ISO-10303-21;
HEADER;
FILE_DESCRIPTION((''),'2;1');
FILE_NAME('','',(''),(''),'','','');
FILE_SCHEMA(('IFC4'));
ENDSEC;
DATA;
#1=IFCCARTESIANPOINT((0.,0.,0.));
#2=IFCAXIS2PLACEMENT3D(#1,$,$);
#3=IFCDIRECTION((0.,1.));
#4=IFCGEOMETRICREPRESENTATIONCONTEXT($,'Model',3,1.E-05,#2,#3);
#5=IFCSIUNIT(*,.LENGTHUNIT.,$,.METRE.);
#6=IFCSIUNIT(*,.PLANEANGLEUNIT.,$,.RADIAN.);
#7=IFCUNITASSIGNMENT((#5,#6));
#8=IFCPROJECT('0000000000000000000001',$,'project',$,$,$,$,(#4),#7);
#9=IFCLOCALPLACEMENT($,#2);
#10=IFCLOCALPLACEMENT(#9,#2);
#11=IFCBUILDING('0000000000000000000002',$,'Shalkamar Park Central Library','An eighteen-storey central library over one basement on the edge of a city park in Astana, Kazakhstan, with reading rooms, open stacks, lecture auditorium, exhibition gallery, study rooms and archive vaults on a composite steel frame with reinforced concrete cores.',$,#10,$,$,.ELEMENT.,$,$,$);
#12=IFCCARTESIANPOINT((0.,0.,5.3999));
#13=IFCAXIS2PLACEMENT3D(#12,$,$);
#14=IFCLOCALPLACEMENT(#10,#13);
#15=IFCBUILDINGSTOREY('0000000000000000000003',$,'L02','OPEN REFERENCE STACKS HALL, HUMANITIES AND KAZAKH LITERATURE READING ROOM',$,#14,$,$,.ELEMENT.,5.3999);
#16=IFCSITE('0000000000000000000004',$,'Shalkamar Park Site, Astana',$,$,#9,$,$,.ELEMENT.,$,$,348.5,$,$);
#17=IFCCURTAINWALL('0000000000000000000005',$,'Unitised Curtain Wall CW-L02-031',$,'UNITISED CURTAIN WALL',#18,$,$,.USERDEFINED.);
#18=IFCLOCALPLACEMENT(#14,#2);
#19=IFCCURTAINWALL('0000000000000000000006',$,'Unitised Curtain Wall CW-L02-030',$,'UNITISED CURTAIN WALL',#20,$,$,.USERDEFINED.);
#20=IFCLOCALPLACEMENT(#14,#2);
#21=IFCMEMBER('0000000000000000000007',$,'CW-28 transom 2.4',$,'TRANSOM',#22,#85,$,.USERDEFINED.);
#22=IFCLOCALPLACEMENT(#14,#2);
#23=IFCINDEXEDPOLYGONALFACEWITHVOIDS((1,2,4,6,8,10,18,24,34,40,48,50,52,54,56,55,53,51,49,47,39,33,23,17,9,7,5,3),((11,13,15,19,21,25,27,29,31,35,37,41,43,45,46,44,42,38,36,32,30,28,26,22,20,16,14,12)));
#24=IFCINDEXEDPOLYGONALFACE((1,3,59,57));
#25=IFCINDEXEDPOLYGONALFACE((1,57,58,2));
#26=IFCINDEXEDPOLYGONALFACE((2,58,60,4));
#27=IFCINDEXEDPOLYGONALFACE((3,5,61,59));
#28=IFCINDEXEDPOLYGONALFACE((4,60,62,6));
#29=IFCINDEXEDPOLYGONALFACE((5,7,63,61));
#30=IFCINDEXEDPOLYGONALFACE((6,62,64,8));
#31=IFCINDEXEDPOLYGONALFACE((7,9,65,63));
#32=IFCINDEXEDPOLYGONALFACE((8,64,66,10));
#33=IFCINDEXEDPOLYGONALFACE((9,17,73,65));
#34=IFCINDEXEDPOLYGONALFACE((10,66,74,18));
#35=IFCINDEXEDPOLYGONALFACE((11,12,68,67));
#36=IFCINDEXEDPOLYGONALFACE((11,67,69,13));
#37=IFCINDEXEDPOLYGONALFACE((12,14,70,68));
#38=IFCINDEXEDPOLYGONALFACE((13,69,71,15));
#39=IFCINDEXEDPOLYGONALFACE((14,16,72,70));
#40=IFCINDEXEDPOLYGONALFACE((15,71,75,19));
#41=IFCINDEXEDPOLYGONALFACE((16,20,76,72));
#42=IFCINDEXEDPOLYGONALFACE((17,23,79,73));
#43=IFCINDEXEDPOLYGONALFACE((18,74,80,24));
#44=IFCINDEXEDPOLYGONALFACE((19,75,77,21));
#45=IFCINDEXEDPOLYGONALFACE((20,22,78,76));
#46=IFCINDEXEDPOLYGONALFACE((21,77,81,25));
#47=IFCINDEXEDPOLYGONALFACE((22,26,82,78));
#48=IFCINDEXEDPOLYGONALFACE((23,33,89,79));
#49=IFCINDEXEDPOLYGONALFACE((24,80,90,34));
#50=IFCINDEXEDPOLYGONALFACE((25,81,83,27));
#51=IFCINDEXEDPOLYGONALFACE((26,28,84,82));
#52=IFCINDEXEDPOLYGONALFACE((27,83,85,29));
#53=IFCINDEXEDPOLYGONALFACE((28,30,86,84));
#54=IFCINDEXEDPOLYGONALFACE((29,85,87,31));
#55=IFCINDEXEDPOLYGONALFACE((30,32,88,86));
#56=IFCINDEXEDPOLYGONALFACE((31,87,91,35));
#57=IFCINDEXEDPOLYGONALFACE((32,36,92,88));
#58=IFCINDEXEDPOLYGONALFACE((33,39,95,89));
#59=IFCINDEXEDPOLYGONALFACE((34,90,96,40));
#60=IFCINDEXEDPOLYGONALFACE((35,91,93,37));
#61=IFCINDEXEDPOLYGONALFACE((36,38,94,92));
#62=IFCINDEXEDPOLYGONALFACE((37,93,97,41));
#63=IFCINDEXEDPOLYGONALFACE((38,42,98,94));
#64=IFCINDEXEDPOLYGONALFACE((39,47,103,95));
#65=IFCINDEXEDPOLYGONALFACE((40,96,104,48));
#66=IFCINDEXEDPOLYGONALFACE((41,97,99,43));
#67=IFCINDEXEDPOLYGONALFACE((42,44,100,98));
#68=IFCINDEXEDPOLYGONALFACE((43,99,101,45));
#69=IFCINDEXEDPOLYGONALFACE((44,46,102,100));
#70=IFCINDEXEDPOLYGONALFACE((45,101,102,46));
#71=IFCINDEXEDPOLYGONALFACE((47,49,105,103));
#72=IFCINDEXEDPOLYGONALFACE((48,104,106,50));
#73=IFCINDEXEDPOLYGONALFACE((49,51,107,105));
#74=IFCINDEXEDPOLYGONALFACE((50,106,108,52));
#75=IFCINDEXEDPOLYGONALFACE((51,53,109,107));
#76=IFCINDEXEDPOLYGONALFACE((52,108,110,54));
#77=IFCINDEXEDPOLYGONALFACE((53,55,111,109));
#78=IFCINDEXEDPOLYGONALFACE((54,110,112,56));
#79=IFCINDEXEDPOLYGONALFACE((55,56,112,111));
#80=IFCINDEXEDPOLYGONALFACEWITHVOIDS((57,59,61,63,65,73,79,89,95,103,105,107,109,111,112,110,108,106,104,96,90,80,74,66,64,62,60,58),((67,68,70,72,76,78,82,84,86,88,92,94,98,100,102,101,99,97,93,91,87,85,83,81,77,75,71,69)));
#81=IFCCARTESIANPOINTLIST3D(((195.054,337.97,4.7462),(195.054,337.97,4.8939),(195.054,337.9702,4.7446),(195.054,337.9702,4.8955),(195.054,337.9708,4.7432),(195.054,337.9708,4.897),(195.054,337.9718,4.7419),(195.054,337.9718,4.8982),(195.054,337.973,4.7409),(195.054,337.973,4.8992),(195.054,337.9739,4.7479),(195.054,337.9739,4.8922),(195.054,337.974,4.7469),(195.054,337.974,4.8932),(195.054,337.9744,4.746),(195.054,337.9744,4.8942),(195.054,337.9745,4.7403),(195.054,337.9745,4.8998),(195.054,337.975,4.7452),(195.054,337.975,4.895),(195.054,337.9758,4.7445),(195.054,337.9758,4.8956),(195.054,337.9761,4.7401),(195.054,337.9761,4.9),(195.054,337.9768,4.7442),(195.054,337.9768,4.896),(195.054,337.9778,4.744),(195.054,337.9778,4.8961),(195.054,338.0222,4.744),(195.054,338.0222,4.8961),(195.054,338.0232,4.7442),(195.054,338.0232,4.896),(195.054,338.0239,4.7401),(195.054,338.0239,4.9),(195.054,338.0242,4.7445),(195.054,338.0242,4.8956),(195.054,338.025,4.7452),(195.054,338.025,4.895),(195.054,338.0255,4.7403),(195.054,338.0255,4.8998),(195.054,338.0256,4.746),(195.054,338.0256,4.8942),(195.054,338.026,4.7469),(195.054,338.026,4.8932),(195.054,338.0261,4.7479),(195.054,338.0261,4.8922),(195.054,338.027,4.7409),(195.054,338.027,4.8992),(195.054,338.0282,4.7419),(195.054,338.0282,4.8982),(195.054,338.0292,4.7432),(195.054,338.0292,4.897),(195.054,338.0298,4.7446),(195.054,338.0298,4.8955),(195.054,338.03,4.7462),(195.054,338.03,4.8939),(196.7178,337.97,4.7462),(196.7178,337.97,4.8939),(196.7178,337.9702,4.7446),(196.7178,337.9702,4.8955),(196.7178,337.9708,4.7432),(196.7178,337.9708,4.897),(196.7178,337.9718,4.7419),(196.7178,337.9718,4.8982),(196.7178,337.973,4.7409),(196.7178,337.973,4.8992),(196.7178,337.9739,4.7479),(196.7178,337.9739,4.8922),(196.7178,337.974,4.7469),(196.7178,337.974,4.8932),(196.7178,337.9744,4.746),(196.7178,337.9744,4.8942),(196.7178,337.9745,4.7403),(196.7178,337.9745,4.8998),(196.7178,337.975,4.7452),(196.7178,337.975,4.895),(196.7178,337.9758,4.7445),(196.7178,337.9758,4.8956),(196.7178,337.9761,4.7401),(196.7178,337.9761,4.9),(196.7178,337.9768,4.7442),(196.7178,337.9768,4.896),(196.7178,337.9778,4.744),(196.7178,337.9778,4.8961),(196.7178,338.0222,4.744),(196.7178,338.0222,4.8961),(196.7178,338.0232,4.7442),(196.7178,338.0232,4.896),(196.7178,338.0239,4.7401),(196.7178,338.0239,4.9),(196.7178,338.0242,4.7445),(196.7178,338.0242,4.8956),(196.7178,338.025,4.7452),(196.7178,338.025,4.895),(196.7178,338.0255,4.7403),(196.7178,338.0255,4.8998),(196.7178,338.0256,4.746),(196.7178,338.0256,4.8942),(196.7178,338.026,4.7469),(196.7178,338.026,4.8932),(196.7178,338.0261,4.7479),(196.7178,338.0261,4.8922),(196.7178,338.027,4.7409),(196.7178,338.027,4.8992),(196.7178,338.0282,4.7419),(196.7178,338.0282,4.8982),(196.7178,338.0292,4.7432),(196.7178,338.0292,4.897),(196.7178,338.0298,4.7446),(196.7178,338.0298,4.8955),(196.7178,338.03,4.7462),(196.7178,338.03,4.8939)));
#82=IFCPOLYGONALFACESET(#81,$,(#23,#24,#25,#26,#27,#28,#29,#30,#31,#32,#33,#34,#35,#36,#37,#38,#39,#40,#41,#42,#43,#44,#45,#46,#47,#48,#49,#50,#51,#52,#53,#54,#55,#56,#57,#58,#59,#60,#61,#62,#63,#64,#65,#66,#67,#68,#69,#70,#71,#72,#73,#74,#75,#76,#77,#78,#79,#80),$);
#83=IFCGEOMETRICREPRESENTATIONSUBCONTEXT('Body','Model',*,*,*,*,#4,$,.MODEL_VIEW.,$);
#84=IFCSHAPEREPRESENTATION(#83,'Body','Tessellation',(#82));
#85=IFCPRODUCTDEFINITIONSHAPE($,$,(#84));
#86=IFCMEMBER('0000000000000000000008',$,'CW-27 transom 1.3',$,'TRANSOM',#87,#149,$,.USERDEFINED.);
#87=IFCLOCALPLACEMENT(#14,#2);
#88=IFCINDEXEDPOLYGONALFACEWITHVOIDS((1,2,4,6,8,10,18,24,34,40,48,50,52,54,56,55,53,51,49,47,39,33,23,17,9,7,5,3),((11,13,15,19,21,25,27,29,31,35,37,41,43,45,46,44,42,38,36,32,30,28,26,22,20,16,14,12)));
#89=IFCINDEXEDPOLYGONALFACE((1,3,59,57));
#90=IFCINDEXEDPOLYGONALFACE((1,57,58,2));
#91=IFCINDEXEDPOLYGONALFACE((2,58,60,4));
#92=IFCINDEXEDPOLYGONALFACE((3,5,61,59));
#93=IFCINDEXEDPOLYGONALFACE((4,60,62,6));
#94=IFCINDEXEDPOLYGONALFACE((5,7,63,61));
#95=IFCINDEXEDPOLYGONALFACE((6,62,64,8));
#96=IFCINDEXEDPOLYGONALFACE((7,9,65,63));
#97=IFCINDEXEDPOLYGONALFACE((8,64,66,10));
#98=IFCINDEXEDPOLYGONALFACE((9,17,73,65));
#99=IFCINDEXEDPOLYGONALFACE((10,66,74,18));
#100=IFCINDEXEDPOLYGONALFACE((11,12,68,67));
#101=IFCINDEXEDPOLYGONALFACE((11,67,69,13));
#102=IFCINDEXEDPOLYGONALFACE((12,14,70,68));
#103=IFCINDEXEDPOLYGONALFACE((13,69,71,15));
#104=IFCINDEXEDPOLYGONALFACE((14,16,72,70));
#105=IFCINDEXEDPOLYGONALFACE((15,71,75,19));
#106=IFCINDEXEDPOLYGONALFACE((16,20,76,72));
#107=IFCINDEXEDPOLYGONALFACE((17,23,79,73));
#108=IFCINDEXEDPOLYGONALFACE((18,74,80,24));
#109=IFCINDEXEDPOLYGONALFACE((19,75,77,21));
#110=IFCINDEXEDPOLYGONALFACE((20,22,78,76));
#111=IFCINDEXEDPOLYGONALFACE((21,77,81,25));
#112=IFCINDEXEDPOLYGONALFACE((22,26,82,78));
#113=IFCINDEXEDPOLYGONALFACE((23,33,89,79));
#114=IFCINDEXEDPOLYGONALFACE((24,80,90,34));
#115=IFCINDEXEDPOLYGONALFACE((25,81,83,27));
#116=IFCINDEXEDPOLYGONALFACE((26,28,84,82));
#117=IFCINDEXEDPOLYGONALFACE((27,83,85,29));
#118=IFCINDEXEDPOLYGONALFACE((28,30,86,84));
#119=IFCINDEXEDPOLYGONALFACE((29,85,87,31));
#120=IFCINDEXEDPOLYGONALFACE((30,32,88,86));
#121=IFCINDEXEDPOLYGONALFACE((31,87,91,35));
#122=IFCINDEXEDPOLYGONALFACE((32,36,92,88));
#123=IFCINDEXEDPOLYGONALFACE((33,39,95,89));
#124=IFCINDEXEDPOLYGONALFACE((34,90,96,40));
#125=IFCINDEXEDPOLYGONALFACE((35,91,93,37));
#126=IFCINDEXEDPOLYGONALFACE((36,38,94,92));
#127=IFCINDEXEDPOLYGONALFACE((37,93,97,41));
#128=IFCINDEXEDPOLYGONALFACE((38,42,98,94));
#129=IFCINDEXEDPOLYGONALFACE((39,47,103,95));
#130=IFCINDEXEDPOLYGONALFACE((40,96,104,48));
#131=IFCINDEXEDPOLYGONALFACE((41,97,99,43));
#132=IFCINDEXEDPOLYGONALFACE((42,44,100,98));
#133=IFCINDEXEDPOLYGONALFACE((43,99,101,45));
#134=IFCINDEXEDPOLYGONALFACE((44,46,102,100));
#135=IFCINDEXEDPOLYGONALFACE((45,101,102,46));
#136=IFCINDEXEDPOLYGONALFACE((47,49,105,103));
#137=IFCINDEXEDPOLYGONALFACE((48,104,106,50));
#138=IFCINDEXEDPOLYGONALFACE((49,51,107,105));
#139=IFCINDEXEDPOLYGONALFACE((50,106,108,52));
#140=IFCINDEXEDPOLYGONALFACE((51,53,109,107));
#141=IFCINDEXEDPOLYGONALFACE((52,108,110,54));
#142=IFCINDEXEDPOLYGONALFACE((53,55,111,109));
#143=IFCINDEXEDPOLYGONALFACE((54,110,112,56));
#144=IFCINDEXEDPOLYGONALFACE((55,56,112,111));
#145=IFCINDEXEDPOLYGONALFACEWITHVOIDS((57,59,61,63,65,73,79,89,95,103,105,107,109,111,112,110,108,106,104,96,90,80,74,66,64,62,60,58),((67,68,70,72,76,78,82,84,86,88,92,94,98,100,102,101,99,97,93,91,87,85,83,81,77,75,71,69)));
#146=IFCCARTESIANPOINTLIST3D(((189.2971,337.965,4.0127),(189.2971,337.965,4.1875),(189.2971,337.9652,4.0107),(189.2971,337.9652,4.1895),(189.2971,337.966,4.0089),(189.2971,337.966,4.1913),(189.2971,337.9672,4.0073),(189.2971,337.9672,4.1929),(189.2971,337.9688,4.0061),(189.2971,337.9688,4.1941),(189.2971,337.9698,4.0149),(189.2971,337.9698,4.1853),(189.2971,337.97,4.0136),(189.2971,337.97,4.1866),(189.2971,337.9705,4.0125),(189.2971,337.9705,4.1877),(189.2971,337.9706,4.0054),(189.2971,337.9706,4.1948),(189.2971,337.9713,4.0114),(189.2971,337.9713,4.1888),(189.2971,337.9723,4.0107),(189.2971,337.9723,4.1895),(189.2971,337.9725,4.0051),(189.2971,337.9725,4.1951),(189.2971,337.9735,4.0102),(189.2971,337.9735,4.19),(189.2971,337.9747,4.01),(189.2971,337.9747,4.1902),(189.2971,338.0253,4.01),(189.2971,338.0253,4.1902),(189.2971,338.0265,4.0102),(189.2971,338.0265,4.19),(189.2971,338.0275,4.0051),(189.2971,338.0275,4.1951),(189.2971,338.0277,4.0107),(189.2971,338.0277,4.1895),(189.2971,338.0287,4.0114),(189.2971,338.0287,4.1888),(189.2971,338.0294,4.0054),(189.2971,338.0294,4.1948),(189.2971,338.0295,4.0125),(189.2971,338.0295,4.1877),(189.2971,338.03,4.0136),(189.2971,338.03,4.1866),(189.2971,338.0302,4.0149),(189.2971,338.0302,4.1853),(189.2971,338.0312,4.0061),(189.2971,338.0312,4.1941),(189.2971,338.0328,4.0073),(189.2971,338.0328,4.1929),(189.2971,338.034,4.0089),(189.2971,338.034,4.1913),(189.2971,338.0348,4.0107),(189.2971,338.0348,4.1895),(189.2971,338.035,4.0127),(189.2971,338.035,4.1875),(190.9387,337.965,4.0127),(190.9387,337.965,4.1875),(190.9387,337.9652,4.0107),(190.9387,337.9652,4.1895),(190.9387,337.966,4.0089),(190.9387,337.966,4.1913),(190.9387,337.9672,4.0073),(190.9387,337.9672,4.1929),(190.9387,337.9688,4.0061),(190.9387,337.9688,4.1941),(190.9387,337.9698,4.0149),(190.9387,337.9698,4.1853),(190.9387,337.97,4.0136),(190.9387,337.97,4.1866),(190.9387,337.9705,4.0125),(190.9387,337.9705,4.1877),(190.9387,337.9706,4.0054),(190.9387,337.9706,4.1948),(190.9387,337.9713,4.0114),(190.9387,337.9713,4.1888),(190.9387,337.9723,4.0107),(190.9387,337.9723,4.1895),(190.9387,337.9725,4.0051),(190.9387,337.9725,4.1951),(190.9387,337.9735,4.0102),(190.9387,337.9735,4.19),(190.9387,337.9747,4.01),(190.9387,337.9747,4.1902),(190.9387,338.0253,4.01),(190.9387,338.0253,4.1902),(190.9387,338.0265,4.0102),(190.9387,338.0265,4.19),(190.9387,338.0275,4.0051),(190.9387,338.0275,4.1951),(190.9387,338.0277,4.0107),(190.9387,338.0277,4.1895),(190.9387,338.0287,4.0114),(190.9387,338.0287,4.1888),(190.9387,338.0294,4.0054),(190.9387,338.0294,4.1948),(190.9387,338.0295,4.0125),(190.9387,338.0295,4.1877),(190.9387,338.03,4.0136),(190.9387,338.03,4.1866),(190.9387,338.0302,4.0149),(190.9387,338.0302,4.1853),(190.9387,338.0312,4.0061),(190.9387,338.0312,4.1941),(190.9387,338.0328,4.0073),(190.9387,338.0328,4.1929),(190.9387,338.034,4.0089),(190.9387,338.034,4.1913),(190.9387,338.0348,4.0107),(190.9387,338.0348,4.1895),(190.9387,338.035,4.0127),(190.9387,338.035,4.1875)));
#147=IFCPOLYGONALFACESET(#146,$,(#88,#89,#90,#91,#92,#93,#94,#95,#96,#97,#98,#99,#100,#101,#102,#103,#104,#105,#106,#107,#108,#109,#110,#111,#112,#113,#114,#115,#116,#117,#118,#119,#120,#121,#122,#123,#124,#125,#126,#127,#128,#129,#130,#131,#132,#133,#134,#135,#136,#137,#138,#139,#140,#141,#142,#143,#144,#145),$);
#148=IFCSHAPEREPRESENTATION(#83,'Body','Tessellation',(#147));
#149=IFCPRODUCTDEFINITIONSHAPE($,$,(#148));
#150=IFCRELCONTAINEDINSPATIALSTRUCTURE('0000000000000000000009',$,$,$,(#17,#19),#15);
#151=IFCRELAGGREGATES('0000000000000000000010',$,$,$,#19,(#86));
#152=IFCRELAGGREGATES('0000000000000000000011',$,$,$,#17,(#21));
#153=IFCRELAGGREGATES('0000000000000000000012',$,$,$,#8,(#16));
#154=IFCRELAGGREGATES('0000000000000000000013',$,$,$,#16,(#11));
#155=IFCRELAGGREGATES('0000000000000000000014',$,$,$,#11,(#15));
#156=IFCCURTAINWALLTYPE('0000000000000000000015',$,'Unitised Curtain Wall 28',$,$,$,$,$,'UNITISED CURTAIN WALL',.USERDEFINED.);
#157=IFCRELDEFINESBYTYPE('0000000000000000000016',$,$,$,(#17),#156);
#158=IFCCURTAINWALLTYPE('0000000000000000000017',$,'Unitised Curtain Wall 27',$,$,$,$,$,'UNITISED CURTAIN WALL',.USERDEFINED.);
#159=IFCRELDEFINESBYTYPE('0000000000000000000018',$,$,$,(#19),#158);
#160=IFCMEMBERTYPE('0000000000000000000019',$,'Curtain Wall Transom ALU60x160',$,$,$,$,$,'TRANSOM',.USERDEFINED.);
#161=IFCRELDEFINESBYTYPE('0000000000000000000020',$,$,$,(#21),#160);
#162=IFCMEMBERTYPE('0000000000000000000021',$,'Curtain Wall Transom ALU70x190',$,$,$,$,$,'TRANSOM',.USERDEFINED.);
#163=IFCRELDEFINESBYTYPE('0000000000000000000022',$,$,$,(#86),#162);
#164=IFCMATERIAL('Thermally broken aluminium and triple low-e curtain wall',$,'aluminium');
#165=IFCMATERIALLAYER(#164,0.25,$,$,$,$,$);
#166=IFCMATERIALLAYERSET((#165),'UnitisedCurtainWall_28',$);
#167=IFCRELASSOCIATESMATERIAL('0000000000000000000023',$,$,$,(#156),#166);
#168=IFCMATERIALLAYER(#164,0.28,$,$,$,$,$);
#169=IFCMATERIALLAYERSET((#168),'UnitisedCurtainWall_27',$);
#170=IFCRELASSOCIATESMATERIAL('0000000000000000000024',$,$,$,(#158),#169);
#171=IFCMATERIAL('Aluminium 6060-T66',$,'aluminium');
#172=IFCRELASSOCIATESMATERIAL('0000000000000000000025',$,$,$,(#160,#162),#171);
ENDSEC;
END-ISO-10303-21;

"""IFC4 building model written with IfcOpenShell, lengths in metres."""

from ifc_helpers import new_model, si_unit, direction, frame, origin, origin_2d, place, context, subcontext, project, spatial, hollow_rectangle, extrude, material, layer, layer_set, material_profile, profile_set, type_object, element, aggregate, save


model = new_model("IFC4")

# Units and contexts
model_context = context("Model", 3, precision=1e-05, world=origin(), true_north=direction((0.0, 1.0)))
body_context = subcontext(model_context, "Body", "Model", "MODEL_VIEW")
ifc_project = project(units=[si_unit("LENGTHUNIT", "METRE"), si_unit("PLANEANGLEUNIT", "RADIAN")], contexts=[model_context])

# Site, building, storey
site_placement = place(None, origin())
site = spatial("IfcSite", under=ifc_project, at=site_placement, Name="Shalkamar Park Site, Astana", CompositionType="ELEMENT", RefElevation=348.5)
building_placement = place(site_placement, origin())
building = spatial("IfcBuilding", under=site, at=building_placement, Name="Shalkamar Park Central Library", Description="An eighteen-storey central library over one basement on the edge of a city park in Astana, Kazakhstan, with reading rooms, open stacks, lecture auditorium, exhibition gallery, study rooms and archive vaults on a composite steel frame with reinforced concrete cores.", CompositionType="ELEMENT")
storey_placement = place(building_placement, frame((0.0, 0.0, 5.3999)))
storey = spatial("IfcBuildingStorey", under=building, at=storey_placement, Name="L02", Description="OPEN REFERENCE STACKS HALL, HUMANITIES AND KAZAKH LITERATURE READING ROOM", CompositionType="ELEMENT", Elevation=5.3999)

# Curtain walls
ifc_material_1 = material(Name="Thermally broken aluminium and triple low-e curtain wall", Category="aluminium")
ifc_layer_1 = layer(ifc_material_1, 0.25)
ifc_layer_set_1 = layer_set([ifc_layer_1], Name="UnitisedCurtainWall_28")
curtain_wall_type_1 = type_object("IfcCurtainWallType", Name="Unitised Curtain Wall 28", ElementType="UNITISED CURTAIN WALL", PredefinedType="USERDEFINED", material=ifc_layer_set_1)
curtain_wall_1_placement = place(storey_placement, origin())
curtain_wall_1 = element("IfcCurtainWall", 1, at=curtain_wall_1_placement, inside=storey, type_object=curtain_wall_type_1, Name="Unitised Curtain Wall CW-L02-031", ObjectType="UNITISED CURTAIN WALL", PredefinedType="USERDEFINED")
ifc_material_2 = material(Name="Aluminium 6060-T66", Category="aluminium")
ifc_layer_2 = layer(ifc_material_1, 0.28)
ifc_layer_set_2 = layer_set([ifc_layer_2], Name="UnitisedCurtainWall_27")
curtain_wall_type_2 = type_object("IfcCurtainWallType", Name="Unitised Curtain Wall 27", ElementType="UNITISED CURTAIN WALL", PredefinedType="USERDEFINED", material=ifc_layer_set_2)
curtain_wall_2_placement = place(storey_placement, origin())
curtain_wall_2 = element("IfcCurtainWall", 2, at=curtain_wall_2_placement, inside=storey, type_object=curtain_wall_type_2, Name="Unitised Curtain Wall CW-L02-030", ObjectType="UNITISED CURTAIN WALL", PredefinedType="USERDEFINED")

# Members
ifc_material_profile_1 = material_profile(ifc_material_2, hollow_rectangle(XDim=0.0601, YDim=0.1599, WallThickness=0.0039, InnerFilletRadius=0.0039, OuterFilletRadius=0.0061, at=origin_2d()), Name="ALU 60x160x4")
ifc_profile_set_1 = profile_set([ifc_material_profile_1], Name="Aluminium 6060-T66")
member_type_1 = type_object("IfcMemberType", Name="Curtain Wall Transom ALU60x160", ElementType="TRANSOM", PredefinedType="USERDEFINED", material=ifc_profile_set_1)
member_1_placement = place(storey_placement, frame((195.054, 338.0, 4.8201), z_axis=(1.0, 0.0, 0.0), x_axis=(0.0, 1.0, 0.0)))
member_1 = element("IfcMember", 3, at=member_1_placement, type_object=member_type_1, Name="CW-28 transom 2.4", ObjectType="TRANSOM", PredefinedType="USERDEFINED", context=body_context, shape_type="SweptSolid", body=[
    extrude(hollow_rectangle(XDim=0.0601, YDim=0.1599, WallThickness=0.0039, InnerFilletRadius=0.0039, OuterFilletRadius=0.0061, at=origin_2d()), origin(), (0.0, 0.0, 1.0), 1.6638),
])
ifc_material_profile_2 = material_profile(ifc_material_2, hollow_rectangle(XDim=0.0701, YDim=0.1899, WallThickness=0.0049, InnerFilletRadius=0.0049, OuterFilletRadius=0.0076, at=origin_2d()), Name="ALU 70x190x5")
ifc_profile_set_2 = profile_set([ifc_material_profile_2], Name="Aluminium 6060-T66")
member_type_2 = type_object("IfcMemberType", Name="Curtain Wall Transom ALU70x190", ElementType="TRANSOM", PredefinedType="USERDEFINED", material=ifc_profile_set_2)
member_2_placement = place(storey_placement, frame((189.2971, 338.0, 4.1001), z_axis=(1.0, 0.0, 0.0), x_axis=(0.0, 1.0, 0.0)))
member_2 = element("IfcMember", 4, at=member_2_placement, type_object=member_type_2, Name="CW-27 transom 1.3", ObjectType="TRANSOM", PredefinedType="USERDEFINED", context=body_context, shape_type="SweptSolid", body=[
    extrude(hollow_rectangle(XDim=0.0701, YDim=0.1899, WallThickness=0.0049, InnerFilletRadius=0.0049, OuterFilletRadius=0.0076, at=origin_2d()), origin(), (0.0, 0.0, 1.0), 1.6416),
])

aggregate(curtain_wall_2, [member_2])
aggregate(curtain_wall_1, [member_1])

save(model, "model.ifc")
